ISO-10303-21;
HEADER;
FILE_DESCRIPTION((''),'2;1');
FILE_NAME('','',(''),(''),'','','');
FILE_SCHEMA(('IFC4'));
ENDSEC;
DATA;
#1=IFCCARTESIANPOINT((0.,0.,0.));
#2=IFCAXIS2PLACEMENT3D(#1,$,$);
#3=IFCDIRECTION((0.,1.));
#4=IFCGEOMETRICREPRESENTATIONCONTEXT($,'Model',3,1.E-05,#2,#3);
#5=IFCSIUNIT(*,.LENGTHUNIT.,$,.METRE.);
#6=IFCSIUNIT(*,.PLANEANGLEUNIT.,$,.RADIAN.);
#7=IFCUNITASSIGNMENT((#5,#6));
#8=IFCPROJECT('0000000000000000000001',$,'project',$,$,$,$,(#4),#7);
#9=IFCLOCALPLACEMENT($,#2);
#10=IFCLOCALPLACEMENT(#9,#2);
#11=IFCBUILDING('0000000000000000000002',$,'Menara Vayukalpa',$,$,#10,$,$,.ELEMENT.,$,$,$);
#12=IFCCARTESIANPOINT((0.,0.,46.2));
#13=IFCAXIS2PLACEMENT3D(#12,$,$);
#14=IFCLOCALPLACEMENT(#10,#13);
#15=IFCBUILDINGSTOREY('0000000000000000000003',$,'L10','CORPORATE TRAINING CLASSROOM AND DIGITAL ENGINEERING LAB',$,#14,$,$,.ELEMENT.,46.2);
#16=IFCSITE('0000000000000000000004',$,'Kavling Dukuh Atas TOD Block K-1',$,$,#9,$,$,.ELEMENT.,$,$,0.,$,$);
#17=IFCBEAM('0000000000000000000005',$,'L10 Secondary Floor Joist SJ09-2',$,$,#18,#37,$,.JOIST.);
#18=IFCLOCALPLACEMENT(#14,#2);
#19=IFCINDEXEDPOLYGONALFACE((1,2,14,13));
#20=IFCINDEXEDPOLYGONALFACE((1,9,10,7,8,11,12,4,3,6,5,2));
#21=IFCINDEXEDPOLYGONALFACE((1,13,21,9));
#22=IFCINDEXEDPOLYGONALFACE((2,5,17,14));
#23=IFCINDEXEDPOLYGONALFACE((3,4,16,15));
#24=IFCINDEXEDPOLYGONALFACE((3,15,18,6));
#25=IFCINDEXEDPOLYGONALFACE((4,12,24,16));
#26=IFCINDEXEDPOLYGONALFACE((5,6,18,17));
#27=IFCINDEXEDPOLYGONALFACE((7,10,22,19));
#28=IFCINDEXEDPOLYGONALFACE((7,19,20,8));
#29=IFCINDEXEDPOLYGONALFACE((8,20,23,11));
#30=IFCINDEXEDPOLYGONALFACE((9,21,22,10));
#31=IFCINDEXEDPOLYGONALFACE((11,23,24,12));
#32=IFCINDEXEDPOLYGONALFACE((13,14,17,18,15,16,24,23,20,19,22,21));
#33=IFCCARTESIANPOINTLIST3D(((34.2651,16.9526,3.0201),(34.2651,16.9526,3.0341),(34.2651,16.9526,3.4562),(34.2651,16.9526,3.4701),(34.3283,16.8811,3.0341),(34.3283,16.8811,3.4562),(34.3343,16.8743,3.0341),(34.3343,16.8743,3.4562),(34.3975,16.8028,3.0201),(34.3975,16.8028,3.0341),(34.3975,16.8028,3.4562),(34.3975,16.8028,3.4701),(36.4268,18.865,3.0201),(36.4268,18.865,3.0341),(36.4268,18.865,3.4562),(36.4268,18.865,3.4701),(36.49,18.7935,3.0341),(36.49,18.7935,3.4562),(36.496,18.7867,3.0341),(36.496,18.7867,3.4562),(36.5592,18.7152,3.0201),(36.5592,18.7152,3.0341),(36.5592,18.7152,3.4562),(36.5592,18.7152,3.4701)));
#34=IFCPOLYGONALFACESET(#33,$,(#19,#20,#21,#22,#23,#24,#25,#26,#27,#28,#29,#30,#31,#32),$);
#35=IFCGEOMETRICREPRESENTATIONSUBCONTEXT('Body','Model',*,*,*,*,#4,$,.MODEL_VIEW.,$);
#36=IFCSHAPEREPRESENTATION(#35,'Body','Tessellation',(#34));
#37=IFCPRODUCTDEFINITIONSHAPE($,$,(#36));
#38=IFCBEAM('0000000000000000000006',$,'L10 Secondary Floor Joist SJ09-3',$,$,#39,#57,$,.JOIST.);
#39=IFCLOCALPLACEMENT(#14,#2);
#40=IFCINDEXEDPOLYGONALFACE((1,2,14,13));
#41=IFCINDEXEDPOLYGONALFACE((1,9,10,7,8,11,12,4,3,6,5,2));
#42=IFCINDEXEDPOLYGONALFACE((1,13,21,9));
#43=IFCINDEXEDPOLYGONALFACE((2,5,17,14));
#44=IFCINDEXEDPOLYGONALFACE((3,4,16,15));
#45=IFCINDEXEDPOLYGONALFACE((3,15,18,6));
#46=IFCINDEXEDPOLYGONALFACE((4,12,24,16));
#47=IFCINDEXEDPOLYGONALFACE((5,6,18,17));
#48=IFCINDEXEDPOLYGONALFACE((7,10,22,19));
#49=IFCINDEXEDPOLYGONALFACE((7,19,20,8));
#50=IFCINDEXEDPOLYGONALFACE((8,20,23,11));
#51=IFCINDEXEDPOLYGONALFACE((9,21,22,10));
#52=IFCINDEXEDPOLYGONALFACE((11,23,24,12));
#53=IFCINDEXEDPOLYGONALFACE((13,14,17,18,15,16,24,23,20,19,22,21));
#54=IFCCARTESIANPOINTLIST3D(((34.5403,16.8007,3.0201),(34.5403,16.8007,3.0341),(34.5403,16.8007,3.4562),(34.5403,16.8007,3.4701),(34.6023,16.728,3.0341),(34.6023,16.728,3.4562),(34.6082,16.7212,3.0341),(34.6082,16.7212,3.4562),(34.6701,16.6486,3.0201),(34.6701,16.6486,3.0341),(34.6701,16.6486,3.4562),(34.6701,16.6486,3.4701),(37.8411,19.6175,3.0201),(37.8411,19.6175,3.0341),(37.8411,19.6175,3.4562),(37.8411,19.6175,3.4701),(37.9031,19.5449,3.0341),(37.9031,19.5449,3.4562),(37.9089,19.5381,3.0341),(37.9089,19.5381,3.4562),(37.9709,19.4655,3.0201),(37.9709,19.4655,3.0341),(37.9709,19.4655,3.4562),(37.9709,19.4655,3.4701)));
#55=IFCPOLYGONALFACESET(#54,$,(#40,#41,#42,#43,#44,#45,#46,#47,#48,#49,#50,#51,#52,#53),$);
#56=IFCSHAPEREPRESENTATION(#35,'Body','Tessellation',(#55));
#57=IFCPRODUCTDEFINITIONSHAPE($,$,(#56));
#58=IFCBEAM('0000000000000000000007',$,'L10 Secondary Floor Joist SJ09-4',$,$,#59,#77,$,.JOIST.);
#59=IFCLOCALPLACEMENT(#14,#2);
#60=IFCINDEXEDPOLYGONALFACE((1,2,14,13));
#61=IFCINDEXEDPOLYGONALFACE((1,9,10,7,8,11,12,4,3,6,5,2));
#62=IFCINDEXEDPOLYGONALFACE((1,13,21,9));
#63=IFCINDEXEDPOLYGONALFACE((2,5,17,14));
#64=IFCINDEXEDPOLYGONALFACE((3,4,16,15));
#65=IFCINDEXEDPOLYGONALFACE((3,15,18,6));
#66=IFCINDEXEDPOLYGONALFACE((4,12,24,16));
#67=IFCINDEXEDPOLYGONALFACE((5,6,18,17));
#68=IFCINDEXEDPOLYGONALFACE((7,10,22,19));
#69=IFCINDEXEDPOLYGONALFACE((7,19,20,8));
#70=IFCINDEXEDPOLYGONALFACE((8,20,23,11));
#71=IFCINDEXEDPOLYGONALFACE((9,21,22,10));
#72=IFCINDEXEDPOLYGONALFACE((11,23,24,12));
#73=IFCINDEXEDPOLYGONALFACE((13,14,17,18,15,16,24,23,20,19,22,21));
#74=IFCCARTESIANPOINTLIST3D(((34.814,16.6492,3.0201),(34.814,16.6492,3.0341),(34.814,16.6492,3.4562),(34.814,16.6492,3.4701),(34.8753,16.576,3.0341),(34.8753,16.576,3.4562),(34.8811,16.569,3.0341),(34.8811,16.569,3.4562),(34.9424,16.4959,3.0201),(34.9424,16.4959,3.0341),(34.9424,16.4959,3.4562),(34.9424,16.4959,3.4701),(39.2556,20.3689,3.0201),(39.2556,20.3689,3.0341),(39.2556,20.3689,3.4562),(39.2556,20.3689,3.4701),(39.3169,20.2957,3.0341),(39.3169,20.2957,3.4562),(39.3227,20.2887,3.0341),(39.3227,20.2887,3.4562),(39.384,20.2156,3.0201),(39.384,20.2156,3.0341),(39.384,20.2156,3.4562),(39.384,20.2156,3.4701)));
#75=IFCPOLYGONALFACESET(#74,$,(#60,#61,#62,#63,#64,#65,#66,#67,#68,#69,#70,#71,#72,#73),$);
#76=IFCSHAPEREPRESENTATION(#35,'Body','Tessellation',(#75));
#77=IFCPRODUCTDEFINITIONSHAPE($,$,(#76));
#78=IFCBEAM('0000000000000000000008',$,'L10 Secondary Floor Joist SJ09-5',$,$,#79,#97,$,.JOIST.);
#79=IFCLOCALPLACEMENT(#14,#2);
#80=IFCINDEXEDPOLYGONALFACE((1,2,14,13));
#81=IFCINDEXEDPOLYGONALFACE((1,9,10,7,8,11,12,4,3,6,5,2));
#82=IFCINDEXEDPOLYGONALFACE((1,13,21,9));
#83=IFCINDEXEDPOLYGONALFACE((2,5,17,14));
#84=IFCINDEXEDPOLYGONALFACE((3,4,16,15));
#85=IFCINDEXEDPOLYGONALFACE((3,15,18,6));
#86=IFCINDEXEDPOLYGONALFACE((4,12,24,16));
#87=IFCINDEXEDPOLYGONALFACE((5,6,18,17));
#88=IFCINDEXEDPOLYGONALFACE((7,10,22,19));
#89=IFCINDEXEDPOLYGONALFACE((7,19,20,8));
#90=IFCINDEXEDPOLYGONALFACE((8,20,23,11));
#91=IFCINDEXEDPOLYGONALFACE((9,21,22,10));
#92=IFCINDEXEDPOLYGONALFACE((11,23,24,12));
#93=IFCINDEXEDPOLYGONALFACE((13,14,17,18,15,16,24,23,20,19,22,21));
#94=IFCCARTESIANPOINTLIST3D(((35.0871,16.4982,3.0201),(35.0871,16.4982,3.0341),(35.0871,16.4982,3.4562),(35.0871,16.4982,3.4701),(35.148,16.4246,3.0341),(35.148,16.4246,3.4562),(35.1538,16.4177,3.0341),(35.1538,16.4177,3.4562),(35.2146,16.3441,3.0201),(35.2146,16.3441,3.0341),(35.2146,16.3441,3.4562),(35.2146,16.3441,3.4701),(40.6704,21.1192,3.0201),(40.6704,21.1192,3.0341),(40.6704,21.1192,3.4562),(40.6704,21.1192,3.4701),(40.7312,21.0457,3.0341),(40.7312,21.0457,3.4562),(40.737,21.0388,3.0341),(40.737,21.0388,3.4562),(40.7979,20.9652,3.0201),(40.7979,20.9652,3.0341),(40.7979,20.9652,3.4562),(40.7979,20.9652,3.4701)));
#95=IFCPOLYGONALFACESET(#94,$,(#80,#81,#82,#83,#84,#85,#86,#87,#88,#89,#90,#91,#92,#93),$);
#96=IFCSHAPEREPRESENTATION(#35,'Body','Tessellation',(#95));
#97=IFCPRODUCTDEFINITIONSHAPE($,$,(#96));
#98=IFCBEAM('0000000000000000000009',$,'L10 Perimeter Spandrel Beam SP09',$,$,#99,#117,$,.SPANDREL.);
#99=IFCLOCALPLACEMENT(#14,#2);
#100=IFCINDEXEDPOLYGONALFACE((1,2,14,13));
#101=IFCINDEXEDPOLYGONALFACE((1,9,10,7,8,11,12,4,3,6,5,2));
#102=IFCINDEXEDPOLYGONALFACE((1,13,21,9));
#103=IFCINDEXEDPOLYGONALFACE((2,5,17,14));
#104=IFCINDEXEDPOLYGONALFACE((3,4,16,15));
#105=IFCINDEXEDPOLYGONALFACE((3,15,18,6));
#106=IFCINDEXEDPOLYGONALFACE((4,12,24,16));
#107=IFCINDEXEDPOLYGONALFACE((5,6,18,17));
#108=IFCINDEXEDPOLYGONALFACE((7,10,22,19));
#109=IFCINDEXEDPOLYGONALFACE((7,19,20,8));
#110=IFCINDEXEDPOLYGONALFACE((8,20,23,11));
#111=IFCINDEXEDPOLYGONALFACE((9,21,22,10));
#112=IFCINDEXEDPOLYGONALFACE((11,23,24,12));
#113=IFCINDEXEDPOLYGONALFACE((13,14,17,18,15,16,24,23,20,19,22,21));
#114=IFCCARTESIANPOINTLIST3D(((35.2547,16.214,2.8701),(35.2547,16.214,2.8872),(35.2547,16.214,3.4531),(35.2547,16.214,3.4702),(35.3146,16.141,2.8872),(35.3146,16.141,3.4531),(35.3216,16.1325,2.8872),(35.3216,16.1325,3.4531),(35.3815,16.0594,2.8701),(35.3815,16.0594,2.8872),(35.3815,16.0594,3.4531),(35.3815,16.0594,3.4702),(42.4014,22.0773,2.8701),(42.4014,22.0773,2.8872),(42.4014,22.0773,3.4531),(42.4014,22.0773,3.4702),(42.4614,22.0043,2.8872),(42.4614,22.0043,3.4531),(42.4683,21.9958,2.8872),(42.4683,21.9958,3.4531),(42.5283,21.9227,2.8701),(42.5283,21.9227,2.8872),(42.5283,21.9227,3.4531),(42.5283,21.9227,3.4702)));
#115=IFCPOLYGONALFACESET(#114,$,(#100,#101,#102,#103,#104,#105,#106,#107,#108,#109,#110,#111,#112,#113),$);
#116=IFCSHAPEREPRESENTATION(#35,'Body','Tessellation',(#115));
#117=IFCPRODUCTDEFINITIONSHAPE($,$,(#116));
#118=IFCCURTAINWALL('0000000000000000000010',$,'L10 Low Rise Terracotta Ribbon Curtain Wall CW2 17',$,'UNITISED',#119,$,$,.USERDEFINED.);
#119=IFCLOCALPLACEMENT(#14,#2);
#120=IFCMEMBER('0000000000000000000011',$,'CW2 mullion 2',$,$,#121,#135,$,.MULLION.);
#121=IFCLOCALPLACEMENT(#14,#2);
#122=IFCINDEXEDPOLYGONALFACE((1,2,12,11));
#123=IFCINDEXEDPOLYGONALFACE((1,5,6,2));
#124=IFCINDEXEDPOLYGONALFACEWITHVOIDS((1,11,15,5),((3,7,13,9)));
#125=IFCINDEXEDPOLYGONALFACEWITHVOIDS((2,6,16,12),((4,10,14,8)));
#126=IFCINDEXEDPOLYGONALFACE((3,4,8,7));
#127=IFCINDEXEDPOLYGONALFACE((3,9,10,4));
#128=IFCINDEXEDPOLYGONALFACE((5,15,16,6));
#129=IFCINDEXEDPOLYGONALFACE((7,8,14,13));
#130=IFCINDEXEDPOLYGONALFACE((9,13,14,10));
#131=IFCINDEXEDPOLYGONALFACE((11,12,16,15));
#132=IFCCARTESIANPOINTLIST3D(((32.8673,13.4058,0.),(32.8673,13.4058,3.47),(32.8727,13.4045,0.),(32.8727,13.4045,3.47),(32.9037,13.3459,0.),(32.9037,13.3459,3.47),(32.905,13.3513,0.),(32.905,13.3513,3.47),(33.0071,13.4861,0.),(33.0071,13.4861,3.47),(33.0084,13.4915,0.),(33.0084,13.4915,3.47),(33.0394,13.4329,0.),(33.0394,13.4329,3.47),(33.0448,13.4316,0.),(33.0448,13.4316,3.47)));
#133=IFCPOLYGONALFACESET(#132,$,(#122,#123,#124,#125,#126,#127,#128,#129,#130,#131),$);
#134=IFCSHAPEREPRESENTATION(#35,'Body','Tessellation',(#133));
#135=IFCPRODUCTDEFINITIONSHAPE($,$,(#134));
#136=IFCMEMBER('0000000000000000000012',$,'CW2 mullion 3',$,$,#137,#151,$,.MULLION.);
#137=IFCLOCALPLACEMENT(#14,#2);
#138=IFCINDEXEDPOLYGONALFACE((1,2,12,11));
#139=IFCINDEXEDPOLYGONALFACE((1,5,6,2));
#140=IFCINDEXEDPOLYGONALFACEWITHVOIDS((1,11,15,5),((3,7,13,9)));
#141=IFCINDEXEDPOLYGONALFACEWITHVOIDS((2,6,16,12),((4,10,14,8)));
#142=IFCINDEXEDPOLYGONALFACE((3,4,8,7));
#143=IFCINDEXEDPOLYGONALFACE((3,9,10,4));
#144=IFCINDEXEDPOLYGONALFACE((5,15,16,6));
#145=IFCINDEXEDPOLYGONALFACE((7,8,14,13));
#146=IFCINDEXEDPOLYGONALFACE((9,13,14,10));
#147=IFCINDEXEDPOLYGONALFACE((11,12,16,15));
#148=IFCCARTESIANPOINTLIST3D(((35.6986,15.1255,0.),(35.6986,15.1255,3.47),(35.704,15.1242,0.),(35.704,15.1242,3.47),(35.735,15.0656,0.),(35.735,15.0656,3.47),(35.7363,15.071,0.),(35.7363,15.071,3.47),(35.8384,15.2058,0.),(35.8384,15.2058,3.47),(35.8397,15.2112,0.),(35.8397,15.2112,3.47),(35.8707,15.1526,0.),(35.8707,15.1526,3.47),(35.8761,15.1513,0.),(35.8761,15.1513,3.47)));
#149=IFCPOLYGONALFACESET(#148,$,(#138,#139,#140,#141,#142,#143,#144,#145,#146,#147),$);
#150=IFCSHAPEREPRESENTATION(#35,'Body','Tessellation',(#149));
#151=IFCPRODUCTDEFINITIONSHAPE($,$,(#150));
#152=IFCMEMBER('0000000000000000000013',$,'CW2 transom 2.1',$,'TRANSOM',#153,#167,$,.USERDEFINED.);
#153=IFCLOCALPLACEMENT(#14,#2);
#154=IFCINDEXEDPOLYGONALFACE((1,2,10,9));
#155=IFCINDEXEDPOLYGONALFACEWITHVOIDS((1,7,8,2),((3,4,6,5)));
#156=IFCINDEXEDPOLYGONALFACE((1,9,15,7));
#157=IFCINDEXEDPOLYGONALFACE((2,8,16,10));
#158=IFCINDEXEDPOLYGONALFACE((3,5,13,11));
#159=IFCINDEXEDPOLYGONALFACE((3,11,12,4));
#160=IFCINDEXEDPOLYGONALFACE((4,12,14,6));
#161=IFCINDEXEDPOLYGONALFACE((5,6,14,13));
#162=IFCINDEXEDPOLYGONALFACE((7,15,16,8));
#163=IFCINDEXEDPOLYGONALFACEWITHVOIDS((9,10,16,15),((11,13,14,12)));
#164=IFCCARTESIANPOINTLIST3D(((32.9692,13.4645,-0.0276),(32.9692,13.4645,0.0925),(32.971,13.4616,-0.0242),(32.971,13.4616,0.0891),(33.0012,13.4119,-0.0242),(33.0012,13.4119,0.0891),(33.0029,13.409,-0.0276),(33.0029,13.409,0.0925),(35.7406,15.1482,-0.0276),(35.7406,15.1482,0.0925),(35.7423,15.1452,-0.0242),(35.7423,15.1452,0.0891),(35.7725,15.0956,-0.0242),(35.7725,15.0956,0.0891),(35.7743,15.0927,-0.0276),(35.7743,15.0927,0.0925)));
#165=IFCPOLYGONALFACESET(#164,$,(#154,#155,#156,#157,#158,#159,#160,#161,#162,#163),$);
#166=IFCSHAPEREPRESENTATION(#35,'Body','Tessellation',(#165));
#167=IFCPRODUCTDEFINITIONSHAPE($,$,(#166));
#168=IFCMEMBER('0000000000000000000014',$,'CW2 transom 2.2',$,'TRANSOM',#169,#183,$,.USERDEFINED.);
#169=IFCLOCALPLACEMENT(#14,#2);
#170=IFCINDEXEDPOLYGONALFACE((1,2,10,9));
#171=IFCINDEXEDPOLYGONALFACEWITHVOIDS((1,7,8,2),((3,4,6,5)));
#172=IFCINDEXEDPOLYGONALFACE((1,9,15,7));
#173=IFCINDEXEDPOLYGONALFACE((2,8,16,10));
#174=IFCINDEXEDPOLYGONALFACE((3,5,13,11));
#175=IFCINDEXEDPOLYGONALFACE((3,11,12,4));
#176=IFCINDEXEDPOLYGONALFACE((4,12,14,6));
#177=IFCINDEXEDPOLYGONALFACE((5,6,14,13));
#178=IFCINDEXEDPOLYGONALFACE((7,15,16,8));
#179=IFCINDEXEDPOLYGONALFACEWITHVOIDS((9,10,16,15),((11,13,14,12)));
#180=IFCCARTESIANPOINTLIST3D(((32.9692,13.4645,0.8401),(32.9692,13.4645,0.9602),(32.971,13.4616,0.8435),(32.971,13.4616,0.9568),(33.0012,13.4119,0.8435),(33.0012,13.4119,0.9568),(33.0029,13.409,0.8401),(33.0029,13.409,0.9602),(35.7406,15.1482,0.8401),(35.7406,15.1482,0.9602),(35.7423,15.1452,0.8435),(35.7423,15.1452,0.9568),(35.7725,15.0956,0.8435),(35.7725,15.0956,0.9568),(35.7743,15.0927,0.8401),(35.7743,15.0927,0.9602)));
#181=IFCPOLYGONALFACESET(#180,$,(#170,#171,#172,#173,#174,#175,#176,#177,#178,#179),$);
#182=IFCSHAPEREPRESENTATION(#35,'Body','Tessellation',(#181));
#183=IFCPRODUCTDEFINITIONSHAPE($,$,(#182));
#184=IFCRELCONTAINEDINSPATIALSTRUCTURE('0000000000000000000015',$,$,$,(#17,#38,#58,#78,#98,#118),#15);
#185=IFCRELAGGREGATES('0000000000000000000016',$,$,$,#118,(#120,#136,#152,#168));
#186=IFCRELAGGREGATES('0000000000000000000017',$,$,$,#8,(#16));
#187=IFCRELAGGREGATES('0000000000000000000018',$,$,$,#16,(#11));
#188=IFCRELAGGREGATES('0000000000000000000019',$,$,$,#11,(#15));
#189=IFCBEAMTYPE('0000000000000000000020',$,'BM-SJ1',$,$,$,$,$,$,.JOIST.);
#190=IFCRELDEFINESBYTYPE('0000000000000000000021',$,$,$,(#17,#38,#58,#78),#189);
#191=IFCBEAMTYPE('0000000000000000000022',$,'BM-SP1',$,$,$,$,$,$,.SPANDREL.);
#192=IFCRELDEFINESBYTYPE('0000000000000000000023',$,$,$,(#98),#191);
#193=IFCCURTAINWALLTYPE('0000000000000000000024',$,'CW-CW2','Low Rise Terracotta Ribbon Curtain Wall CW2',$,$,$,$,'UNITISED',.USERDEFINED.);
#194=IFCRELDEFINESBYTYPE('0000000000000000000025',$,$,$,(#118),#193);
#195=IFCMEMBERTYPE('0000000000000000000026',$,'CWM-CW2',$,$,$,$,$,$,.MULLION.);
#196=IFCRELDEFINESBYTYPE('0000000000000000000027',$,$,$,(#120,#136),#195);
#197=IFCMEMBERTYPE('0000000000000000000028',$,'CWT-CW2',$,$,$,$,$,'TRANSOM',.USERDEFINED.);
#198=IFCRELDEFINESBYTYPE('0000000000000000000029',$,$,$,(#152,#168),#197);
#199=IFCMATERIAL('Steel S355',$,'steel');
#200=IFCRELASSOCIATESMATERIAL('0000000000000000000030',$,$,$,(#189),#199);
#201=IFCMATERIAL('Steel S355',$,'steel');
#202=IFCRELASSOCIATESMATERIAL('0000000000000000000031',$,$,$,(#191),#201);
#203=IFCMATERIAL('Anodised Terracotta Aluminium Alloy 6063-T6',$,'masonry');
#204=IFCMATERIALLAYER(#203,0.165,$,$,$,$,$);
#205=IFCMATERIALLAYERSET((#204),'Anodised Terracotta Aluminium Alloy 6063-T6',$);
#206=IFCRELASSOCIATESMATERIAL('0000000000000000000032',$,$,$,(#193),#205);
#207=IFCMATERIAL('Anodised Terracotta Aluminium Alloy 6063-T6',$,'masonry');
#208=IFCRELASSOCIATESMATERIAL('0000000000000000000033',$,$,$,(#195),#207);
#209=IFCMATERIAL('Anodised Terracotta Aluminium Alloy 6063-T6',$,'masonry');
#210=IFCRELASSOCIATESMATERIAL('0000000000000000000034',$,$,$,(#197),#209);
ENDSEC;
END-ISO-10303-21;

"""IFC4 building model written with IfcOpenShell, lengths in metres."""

from ifc_helpers import new_model, si_unit, direction, frame, origin, origin_2d, place, context, subcontext, project, spatial, hollow_rectangle, i_section, extrude, material, layer, layer_set, material_profile, profile_set, type_object, element, aggregate, save


model = new_model("IFC4")

# Units and contexts
model_context = context("Model", 3, precision=1e-05, world=origin(), true_north=direction((0.0, 1.0)))
body_context = subcontext(model_context, "Body", "Model", "MODEL_VIEW")
ifc_project = project(units=[si_unit("LENGTHUNIT", "METRE"), si_unit("PLANEANGLEUNIT", "RADIAN")], contexts=[model_context])

# Site, building, storey
site_placement = place(None, origin())
site = spatial("IfcSite", under=ifc_project, at=site_placement, Name="Kavling Dukuh Atas TOD Block K-1", CompositionType="ELEMENT", RefElevation=0.0)
building_placement = place(site_placement, origin())
building = spatial("IfcBuilding", under=site, at=building_placement, Name="Menara Vayukalpa", CompositionType="ELEMENT")
storey_placement = place(building_placement, frame((0.0, 0.0, 46.2)))
storey = spatial("IfcBuildingStorey", under=building, at=storey_placement, Name="L10", Description="CORPORATE TRAINING CLASSROOM AND DIGITAL ENGINEERING LAB", CompositionType="ELEMENT", Elevation=46.2)

# Beams
ifc_material_1 = material(Name="Steel S355", Category="steel")
ifc_material_profile_1 = material_profile(ifc_material_1, i_section(OverallWidth=0.2, OverallDepth=0.45, WebThickness=0.009, FlangeThickness=0.0139, at=origin_2d()), Name="WF 450x200x9x14")
ifc_profile_set_1 = profile_set([ifc_material_profile_1], Name="Steel S355")
beam_type_1 = type_object("IfcBeamType", Name="BM-SJ1", PredefinedType="JOIST", material=ifc_profile_set_1)
beam_1_placement = place(storey_placement, frame((34.3313, 16.8777, 3.2451), z_axis=(0.748971, 0.662603, 0.0), x_axis=(-0.662603, 0.748971, 0.0)))
element("IfcBeam", 1, at=beam_1_placement, inside=storey, type_object=beam_type_1, Name="L10 Secondary Floor Joist SJ09-2", PredefinedType="JOIST", context=body_context, shape_type="SweptSolid", body=[
    extrude(i_section(OverallWidth=0.2, OverallDepth=0.45, WebThickness=0.009, FlangeThickness=0.0139, at=origin_2d()), origin(), (0.0, 0.0, 1.0), 2.8862),
])
beam_2_placement = place(storey_placement, frame((34.6052, 16.7246, 3.2451), z_axis=(0.760661, 0.64915, 0.0), x_axis=(-0.64915, 0.760661, 0.0)))
element("IfcBeam", 2, at=beam_2_placement, inside=storey, type_object=beam_type_1, Name="L10 Secondary Floor Joist SJ09-3", PredefinedType="JOIST", context=body_context, shape_type="SweptSolid", body=[
    extrude(i_section(OverallWidth=0.2, OverallDepth=0.45, WebThickness=0.009, FlangeThickness=0.0139, at=origin_2d()), origin(), (0.0, 0.0, 1.0), 4.3394),
])
beam_3_placement = place(storey_placement, frame((34.8782, 16.5725, 3.2451), z_axis=(0.766661, 0.642052, 0.0), x_axis=(-0.642052, 0.766661, 0.0)))
element("IfcBeam", 3, at=beam_3_placement, inside=storey, type_object=beam_type_1, Name="L10 Secondary Floor Joist SJ09-4", PredefinedType="JOIST", context=body_context, shape_type="SweptSolid", body=[
    extrude(i_section(OverallWidth=0.2, OverallDepth=0.45, WebThickness=0.009, FlangeThickness=0.0139, at=origin_2d()), origin(), (0.0, 0.0, 1.0), 5.7935),
])
beam_4_placement = place(storey_placement, frame((35.1509, 16.4211, 3.2451), z_axis=(0.770362, 0.637606, 0.0), x_axis=(-0.637606, 0.770362, 0.0)))
element("IfcBeam", 4, at=beam_4_placement, inside=storey, type_object=beam_type_1, Name="L10 Secondary Floor Joist SJ09-5", PredefinedType="JOIST", context=body_context, shape_type="SweptSolid", body=[
    extrude(i_section(OverallWidth=0.2, OverallDepth=0.45, WebThickness=0.009, FlangeThickness=0.0139, at=origin_2d()), origin(), (0.0, 0.0, 1.0), 7.2476),
])
ifc_material_2 = material(Name="Steel S355", Category="steel")
ifc_material_profile_2 = material_profile(ifc_material_2, i_section(OverallWidth=0.2, OverallDepth=0.6001, WebThickness=0.011, FlangeThickness=0.0171, at=origin_2d()), Name="WF 600x200x11x17")
ifc_profile_set_2 = profile_set([ifc_material_profile_2], Name="Steel S355")
beam_type_2 = type_object("IfcBeamType", Name="BM-SP1", PredefinedType="SPANDREL", material=ifc_profile_set_2)
beam_5_placement = place(storey_placement, frame((35.3181, 16.1367, 3.1702), z_axis=(0.773111, 0.634271, 0.0), x_axis=(-0.634271, 0.773111, 0.0)))
element("IfcBeam", 5, at=beam_5_placement, inside=storey, type_object=beam_type_2, Name="L10 Perimeter Spandrel Beam SP09", PredefinedType="SPANDREL", context=body_context, shape_type="SweptSolid", body=[
    extrude(i_section(OverallWidth=0.2, OverallDepth=0.6001, WebThickness=0.011, FlangeThickness=0.0171, at=origin_2d()), origin(), (0.0, 0.0, 1.0), 9.2441),
])

# Curtain wall, members
ifc_material_3 = material(Name="Anodised Terracotta Aluminium Alloy 6063-T6", Category="masonry")
ifc_layer_1 = layer(ifc_material_3, 0.165)
ifc_layer_set_1 = layer_set([ifc_layer_1], Name="Anodised Terracotta Aluminium Alloy 6063-T6")
curtain_wall_type = type_object("IfcCurtainWallType", Name="CW-CW2", Description="Low Rise Terracotta Ribbon Curtain Wall CW2", ElementType="UNITISED", PredefinedType="USERDEFINED", material=ifc_layer_set_1)
curtain_wall_placement = place(storey_placement, origin())
curtain_wall = element("IfcCurtainWall", 6, at=curtain_wall_placement, inside=storey, type_object=curtain_wall_type, Name="L10 Low Rise Terracotta Ribbon Curtain Wall CW2 17", ObjectType="UNITISED", PredefinedType="USERDEFINED")
ifc_material_4 = material(Name="Anodised Terracotta Aluminium Alloy 6063-T6", Category="masonry")
ifc_material_profile_3 = material_profile(ifc_material_4, hollow_rectangle(XDim=0.0701, YDim=0.165, WallThickness=0.0039, at=origin_2d()), Name="ALU 70x165x4")
ifc_profile_set_3 = profile_set([ifc_material_profile_3], Name="Anodised Terracotta Aluminium Alloy 6063-T6")
member_type_1 = type_object("IfcMemberType", Name="CWM-CW2", PredefinedType="MULLION", material=ifc_profile_set_3)
member_1_placement = place(storey_placement, frame((32.9561, 13.4187, 0.0), z_axis=(0.0, 0.0, 1.0), x_axis=(-0.519182, 0.854664, 0.0)))
member_1 = element("IfcMember", 7, at=member_1_placement, type_object=member_type_1, Name="CW2 mullion 2", PredefinedType="MULLION", context=body_context, shape_type="SweptSolid", body=[
    extrude(hollow_rectangle(XDim=0.0701, YDim=0.165, WallThickness=0.0039, at=origin_2d()), origin(), (0.0, 0.0, 1.0), 3.47),
])
member_2_placement = place(storey_placement, frame((35.7874, 15.1384, 0.0), z_axis=(0.0, 0.0, 1.0), x_axis=(-0.519182, 0.854664, 0.0)))
member_2 = element("IfcMember", 8, at=member_2_placement, type_object=member_type_1, Name="CW2 mullion 3", PredefinedType="MULLION", context=body_context, shape_type="SweptSolid", body=[
    extrude(hollow_rectangle(XDim=0.0701, YDim=0.165, WallThickness=0.0039, at=origin_2d()), origin(), (0.0, 0.0, 1.0), 3.47),
])
ifc_material_5 = material(Name="Anodised Terracotta Aluminium Alloy 6063-T6", Category="masonry")
ifc_material_profile_4 = material_profile(ifc_material_5, hollow_rectangle(XDim=0.0649, YDim=0.1201, WallThickness=0.0034, at=origin_2d()), Name="ALU 65x120x3.5")
ifc_profile_set_4 = profile_set([ifc_material_profile_4], Name="Anodised Terracotta Aluminium Alloy 6063-T6")
member_type_2 = type_object("IfcMemberType", Name="CWT-CW2", ElementType="TRANSOM", PredefinedType="USERDEFINED", material=ifc_profile_set_4)
member_3_placement = place(storey_placement, frame((32.9861, 13.4368, 0.0325), z_axis=(0.854643, 0.519216, 0.0), x_axis=(-0.519216, 0.854643, 0.0)))
member_3 = element("IfcMember", 9, at=member_3_placement, type_object=member_type_2, Name="CW2 transom 2.1", ObjectType="TRANSOM", PredefinedType="USERDEFINED", context=body_context, shape_type="SweptSolid", body=[
    extrude(hollow_rectangle(XDim=0.0649, YDim=0.1201, WallThickness=0.0034, at=origin_2d()), origin(), (0.0, 0.0, 1.0), 3.2427),
])
member_4_placement = place(storey_placement, frame((32.9861, 13.4368, 0.9001), z_axis=(0.854643, 0.519216, 0.0), x_axis=(-0.519216, 0.854643, 0.0)))
member_4 = element("IfcMember", 10, at=member_4_placement, type_object=member_type_2, Name="CW2 transom 2.2", ObjectType="TRANSOM", PredefinedType="USERDEFINED", context=body_context, shape_type="SweptSolid", body=[
    extrude(hollow_rectangle(XDim=0.0649, YDim=0.1201, WallThickness=0.0034, at=origin_2d()), origin(), (0.0, 0.0, 1.0), 3.2427),
])
aggregate(curtain_wall, [member_1, member_2, member_3, member_4])

save(model, "model.ifc")
